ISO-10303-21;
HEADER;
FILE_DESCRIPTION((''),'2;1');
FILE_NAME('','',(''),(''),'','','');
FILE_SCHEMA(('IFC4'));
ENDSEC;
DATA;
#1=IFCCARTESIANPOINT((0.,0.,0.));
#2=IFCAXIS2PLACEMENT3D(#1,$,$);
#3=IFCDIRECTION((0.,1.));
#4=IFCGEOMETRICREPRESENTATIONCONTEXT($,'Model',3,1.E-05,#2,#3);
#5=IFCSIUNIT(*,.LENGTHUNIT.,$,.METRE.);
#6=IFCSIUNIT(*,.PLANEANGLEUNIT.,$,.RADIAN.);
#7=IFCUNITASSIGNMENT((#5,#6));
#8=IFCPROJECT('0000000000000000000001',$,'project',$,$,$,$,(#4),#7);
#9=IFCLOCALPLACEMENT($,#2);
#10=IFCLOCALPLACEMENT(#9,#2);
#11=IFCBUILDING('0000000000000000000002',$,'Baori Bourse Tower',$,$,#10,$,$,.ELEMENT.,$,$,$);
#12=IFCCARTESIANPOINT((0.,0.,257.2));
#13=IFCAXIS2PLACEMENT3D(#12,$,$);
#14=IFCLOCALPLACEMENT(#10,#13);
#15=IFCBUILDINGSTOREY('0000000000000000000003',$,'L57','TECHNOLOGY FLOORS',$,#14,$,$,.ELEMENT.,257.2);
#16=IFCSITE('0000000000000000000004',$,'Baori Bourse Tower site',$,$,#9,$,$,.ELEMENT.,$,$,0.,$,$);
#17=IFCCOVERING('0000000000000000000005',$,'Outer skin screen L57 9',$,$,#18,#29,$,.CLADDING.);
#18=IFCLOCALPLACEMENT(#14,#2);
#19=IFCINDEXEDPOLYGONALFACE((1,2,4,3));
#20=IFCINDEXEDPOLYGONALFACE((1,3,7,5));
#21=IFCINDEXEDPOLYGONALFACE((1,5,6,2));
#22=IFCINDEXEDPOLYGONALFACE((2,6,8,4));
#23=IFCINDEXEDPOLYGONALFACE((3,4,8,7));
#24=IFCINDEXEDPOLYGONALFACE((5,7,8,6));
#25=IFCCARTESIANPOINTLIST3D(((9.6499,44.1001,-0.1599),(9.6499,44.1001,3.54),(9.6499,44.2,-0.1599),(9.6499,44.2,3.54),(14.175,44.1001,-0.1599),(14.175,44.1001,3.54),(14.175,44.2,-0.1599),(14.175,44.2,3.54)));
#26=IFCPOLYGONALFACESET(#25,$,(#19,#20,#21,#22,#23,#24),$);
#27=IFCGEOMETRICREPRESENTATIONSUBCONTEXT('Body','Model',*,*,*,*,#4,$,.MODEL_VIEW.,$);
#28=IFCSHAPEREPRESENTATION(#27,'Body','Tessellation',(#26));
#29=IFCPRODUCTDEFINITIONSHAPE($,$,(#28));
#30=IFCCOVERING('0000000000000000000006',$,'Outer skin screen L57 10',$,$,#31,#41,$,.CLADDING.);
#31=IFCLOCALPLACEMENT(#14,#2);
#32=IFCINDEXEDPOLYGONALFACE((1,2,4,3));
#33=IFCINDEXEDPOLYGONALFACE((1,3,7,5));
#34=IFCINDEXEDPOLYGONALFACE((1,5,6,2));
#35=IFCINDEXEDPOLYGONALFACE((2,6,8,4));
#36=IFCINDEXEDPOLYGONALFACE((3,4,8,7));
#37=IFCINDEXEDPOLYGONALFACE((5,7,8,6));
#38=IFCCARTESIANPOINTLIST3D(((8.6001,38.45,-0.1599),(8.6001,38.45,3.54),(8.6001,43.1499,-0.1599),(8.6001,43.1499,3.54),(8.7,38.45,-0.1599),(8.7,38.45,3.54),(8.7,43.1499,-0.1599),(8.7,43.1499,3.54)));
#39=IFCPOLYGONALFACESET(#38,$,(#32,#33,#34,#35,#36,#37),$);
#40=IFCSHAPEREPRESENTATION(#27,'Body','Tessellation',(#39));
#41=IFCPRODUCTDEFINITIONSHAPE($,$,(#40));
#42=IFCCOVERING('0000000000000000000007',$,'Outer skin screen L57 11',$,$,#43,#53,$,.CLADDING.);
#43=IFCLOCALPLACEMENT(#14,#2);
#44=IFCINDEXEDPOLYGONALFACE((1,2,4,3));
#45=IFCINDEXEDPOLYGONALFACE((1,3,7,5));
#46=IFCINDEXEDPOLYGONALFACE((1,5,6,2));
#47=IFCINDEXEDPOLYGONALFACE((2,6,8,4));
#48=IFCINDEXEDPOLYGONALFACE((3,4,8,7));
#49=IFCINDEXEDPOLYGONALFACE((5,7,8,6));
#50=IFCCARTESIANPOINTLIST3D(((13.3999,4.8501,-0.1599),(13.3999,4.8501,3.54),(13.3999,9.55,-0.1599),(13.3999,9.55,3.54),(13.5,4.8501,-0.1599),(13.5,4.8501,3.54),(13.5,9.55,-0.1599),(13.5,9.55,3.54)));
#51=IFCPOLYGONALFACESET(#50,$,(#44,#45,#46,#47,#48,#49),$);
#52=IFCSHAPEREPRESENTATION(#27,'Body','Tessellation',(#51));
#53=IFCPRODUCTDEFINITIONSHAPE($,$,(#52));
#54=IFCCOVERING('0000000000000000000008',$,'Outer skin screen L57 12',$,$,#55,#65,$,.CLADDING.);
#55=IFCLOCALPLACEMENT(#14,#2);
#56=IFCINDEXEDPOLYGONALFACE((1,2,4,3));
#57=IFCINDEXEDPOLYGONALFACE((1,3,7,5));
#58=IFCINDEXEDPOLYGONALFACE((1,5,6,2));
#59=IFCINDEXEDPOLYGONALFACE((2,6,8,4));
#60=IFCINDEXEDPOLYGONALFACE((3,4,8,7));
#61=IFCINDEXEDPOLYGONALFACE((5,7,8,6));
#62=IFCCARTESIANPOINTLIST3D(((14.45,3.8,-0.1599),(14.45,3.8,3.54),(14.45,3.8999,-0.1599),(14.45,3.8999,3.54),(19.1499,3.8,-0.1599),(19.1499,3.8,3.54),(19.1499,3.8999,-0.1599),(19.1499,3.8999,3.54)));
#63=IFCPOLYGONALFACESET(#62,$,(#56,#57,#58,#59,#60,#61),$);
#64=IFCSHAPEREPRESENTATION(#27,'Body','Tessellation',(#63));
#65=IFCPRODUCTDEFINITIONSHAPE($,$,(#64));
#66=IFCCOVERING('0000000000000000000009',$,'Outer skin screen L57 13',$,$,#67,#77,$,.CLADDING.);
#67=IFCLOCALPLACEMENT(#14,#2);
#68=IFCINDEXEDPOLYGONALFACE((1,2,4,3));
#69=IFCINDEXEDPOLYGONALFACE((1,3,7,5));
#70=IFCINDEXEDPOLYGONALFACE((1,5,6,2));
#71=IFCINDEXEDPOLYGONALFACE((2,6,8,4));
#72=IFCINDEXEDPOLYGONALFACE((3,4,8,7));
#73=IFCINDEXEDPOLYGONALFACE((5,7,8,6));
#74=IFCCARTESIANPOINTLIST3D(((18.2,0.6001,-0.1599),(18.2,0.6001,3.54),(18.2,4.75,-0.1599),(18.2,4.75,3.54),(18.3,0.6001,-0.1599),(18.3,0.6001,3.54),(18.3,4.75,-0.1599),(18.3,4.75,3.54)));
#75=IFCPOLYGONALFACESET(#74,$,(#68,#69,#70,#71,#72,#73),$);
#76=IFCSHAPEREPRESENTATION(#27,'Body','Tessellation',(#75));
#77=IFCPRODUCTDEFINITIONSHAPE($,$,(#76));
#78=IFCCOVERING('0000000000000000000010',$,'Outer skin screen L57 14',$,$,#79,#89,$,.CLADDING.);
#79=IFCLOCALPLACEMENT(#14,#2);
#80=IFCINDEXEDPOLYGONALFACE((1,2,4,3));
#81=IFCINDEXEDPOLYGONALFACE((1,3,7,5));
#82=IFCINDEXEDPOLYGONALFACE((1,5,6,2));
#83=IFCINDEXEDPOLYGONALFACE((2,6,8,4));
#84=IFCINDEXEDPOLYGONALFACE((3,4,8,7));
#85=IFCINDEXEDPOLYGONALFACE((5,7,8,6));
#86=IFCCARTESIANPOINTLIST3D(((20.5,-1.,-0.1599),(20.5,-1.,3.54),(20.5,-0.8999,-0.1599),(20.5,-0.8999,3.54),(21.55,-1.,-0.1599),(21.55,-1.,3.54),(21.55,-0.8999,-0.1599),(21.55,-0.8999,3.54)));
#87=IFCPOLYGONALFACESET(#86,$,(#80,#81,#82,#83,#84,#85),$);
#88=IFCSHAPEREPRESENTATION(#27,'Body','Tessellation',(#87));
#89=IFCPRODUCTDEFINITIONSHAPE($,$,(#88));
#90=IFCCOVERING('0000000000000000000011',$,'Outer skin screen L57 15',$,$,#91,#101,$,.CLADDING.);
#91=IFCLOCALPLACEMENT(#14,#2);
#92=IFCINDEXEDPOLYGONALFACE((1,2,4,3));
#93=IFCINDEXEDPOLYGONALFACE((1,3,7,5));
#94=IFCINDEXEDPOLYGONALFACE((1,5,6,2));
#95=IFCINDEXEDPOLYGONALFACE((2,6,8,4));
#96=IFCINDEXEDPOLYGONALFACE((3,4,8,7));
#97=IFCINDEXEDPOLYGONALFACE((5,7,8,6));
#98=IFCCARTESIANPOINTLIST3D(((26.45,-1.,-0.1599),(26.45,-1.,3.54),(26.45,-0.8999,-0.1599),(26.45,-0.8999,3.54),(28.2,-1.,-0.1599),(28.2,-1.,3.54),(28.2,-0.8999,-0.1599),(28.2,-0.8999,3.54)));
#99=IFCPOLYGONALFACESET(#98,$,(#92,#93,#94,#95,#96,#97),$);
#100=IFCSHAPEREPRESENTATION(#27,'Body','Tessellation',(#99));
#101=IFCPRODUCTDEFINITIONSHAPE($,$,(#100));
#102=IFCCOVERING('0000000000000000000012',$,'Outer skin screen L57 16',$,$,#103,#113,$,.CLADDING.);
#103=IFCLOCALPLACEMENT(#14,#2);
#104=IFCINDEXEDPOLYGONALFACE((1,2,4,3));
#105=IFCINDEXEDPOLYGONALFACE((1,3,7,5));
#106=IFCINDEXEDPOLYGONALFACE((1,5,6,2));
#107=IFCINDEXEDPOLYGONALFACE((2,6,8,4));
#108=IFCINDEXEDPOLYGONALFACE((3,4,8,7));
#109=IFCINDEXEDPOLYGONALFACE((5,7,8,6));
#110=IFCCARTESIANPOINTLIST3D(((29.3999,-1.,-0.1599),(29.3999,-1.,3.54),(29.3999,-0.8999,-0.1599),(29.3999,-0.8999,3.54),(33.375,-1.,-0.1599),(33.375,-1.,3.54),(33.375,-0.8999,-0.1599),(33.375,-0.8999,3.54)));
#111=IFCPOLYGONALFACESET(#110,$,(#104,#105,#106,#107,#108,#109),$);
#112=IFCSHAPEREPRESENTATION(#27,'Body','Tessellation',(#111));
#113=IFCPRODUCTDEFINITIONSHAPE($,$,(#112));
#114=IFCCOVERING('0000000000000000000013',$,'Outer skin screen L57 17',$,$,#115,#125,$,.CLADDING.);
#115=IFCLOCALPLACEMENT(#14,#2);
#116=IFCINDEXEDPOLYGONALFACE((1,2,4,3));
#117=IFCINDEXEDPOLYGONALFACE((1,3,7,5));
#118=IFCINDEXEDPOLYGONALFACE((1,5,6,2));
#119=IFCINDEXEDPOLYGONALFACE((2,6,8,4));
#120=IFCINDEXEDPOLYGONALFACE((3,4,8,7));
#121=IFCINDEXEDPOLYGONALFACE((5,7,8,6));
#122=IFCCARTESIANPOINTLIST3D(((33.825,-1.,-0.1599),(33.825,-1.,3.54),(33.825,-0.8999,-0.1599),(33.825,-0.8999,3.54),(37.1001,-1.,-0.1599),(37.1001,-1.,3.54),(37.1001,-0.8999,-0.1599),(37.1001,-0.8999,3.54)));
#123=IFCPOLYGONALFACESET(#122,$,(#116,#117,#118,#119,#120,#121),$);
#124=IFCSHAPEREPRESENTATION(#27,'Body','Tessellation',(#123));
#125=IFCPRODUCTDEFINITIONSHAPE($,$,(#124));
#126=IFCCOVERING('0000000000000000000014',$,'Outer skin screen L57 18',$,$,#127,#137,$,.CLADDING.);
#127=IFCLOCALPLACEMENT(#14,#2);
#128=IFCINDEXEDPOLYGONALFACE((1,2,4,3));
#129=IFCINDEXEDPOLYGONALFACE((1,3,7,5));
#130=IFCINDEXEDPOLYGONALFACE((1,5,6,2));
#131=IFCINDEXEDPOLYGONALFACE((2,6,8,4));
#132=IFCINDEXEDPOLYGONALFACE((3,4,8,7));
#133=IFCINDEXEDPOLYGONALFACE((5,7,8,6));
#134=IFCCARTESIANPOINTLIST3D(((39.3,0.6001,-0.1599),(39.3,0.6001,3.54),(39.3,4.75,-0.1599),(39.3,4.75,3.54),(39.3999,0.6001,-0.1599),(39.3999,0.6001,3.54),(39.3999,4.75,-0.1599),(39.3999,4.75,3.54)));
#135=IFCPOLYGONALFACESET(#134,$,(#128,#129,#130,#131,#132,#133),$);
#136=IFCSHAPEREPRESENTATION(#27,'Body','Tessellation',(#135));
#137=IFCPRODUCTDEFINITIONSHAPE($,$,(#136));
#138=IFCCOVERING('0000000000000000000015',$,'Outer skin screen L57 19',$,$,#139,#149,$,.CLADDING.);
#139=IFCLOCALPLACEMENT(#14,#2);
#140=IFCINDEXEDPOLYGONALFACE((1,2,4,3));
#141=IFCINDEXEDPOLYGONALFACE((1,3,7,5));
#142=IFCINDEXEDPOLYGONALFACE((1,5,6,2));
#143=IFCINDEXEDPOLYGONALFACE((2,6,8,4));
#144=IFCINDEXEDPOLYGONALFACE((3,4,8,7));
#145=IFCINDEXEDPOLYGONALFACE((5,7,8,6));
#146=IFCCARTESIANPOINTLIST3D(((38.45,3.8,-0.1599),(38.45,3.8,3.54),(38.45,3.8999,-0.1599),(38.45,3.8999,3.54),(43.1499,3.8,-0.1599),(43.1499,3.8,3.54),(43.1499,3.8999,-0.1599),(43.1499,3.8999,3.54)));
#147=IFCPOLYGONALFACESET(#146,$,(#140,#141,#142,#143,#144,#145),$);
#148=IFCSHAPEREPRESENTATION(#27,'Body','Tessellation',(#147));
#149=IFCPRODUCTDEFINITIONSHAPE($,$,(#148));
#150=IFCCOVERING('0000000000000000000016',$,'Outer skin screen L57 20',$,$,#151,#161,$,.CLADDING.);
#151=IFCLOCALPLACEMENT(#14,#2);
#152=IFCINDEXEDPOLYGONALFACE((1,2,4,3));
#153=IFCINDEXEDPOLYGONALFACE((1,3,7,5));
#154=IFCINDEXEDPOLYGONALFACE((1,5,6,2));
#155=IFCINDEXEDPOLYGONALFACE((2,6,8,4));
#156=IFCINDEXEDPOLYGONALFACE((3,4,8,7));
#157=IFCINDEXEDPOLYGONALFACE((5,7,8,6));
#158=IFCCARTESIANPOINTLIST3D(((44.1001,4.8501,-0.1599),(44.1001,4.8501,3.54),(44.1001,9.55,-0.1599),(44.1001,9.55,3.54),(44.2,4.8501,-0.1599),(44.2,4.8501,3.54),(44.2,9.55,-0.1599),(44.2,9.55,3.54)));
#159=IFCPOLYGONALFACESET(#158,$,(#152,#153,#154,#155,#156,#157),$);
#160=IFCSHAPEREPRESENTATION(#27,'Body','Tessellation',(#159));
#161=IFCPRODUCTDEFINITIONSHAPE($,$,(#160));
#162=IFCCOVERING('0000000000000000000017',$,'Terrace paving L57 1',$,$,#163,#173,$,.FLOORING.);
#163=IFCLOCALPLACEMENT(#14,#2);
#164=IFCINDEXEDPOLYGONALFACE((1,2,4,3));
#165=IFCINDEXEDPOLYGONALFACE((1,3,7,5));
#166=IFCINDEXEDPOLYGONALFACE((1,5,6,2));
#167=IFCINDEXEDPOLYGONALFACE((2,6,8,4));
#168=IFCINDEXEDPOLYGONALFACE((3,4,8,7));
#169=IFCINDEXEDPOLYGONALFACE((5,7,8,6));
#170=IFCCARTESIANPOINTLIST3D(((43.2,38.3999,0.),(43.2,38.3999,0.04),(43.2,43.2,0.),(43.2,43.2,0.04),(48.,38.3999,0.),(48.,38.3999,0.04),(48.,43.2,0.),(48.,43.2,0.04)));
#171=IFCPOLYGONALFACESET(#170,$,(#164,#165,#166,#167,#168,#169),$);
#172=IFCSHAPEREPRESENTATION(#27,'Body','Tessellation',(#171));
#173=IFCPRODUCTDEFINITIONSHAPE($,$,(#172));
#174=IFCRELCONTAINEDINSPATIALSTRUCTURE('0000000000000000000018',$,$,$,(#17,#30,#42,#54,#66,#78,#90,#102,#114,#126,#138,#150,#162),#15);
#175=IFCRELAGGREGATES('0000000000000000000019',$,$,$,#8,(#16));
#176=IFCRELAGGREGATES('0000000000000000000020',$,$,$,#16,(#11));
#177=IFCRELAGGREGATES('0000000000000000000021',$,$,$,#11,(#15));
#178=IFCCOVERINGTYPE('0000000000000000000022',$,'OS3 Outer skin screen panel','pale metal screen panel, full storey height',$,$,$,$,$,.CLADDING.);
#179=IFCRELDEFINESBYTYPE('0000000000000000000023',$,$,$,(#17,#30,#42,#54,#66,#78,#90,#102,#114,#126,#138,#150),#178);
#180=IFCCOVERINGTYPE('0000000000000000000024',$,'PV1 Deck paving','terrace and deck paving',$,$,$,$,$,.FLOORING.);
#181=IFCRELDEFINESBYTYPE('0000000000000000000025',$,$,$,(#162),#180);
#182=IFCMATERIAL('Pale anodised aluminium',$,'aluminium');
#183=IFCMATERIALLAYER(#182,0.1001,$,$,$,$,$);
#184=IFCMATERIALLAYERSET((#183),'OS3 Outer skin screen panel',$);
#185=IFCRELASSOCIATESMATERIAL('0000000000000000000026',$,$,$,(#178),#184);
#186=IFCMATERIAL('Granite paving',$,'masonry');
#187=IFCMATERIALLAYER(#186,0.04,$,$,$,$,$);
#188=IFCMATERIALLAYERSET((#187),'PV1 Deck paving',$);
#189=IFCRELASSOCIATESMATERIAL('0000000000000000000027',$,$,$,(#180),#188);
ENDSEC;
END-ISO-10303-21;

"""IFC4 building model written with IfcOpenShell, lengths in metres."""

from ifc_helpers import new_model, si_unit, direction, frame, origin, place, context, subcontext, project, spatial, polyline, outline, extrude, material, layer, layer_set, type_object, element, save


model = new_model("IFC4")

# Units and contexts
model_context = context("Model", 3, precision=1e-05, world=origin(), true_north=direction((0.0, 1.0)))
body_context = subcontext(model_context, "Body", "Model", "MODEL_VIEW")
ifc_project = project(units=[si_unit("LENGTHUNIT", "METRE"), si_unit("PLANEANGLEUNIT", "RADIAN")], contexts=[model_context])

# Site, building, storey
site_placement = place(None, origin())
site = spatial("IfcSite", under=ifc_project, at=site_placement, Name="Baori Bourse Tower site", CompositionType="ELEMENT", RefElevation=0.0)
building_placement = place(site_placement, origin())
building = spatial("IfcBuilding", under=site, at=building_placement, Name="Baori Bourse Tower", CompositionType="ELEMENT")
storey_placement = place(building_placement, frame((0.0, 0.0, 257.2)))
storey = spatial("IfcBuildingStorey", under=building, at=storey_placement, Name="L57", Description="TECHNOLOGY FLOORS", CompositionType="ELEMENT", Elevation=257.2)

# Coverings
ifc_material_1 = material(Name="Pale anodised aluminium", Category="aluminium")
ifc_layer_1 = layer(ifc_material_1, 0.1001)
ifc_layer_set_1 = layer_set([ifc_layer_1], Name="OS3 Outer skin screen panel")
covering_type_1 = type_object("IfcCoveringType", Name="OS3 Outer skin screen panel", Description="pale metal screen panel, full storey height", PredefinedType="CLADDING", material=ifc_layer_set_1)
covering_1_placement = place(storey_placement, frame((0.0, 0.0, -0.1599)))
element("IfcCovering", 1, at=covering_1_placement, inside=storey, type_object=covering_type_1, Name="Outer skin screen L57 9", PredefinedType="CLADDING", context=body_context, shape_type="SweptSolid", body=[
    extrude(outline(polyline([(9.6499, 44.1001), (14.175, 44.1001), (14.175, 44.2), (9.6499, 44.2), (9.6499, 44.1001)])), origin(), (0.0, 0.0, 1.0), 3.7),
])
covering_2_placement = place(storey_placement, frame((0.0, 0.0, -0.1599)))
element("IfcCovering", 2, at=covering_2_placement, inside=storey, type_object=covering_type_1, Name="Outer skin screen L57 10", PredefinedType="CLADDING", context=body_context, shape_type="SweptSolid", body=[
    extrude(outline(polyline([(8.7, 38.45), (8.7, 43.1499), (8.6001, 43.1499), (8.6001, 38.45), (8.7, 38.45)])), origin(), (0.0, 0.0, 1.0), 3.7),
])
covering_3_placement = place(storey_placement, frame((0.0, 0.0, -0.1599)))
element("IfcCovering", 3, at=covering_3_placement, inside=storey, type_object=covering_type_1, Name="Outer skin screen L57 11", PredefinedType="CLADDING", context=body_context, shape_type="SweptSolid", body=[
    extrude(outline(polyline([(13.5, 4.8501), (13.5, 9.55), (13.3999, 9.55), (13.3999, 4.8501), (13.5, 4.8501)])), origin(), (0.0, 0.0, 1.0), 3.7),
])
covering_4_placement = place(storey_placement, frame((0.0, 0.0, -0.1599)))
element("IfcCovering", 4, at=covering_4_placement, inside=storey, type_object=covering_type_1, Name="Outer skin screen L57 12", PredefinedType="CLADDING", context=body_context, shape_type="SweptSolid", body=[
    extrude(outline(polyline([(19.1499, 3.8999), (14.45, 3.8999), (14.45, 3.8), (19.1499, 3.8), (19.1499, 3.8999)])), origin(), (0.0, 0.0, 1.0), 3.7),
])
covering_5_placement = place(storey_placement, frame((0.0, 0.0, -0.1599)))
element("IfcCovering", 5, at=covering_5_placement, inside=storey, type_object=covering_type_1, Name="Outer skin screen L57 13", PredefinedType="CLADDING", context=body_context, shape_type="SweptSolid", body=[
    extrude(outline(polyline([(18.3, 0.6001), (18.3, 4.75), (18.2, 4.75), (18.2, 0.6001), (18.3, 0.6001)])), origin(), (0.0, 0.0, 1.0), 3.7),
])
covering_6_placement = place(storey_placement, frame((0.0, 0.0, -0.1599)))
element("IfcCovering", 6, at=covering_6_placement, inside=storey, type_object=covering_type_1, Name="Outer skin screen L57 14", PredefinedType="CLADDING", context=body_context, shape_type="SweptSolid", body=[
    extrude(outline(polyline([(21.55, -0.8999), (20.5, -0.8999), (20.5, -1.0), (21.55, -1.0), (21.55, -0.8999)])), origin(), (0.0, 0.0, 1.0), 3.7),
])
covering_7_placement = place(storey_placement, frame((0.0, 0.0, -0.1599)))
element("IfcCovering", 7, at=covering_7_placement, inside=storey, type_object=covering_type_1, Name="Outer skin screen L57 15", PredefinedType="CLADDING", context=body_context, shape_type="SweptSolid", body=[
    extrude(outline(polyline([(28.2, -0.8999), (26.45, -0.8999), (26.45, -1.0), (28.2, -1.0), (28.2, -0.8999)])), origin(), (0.0, 0.0, 1.0), 3.7),
])
covering_8_placement = place(storey_placement, frame((0.0, 0.0, -0.1599)))
element("IfcCovering", 8, at=covering_8_placement, inside=storey, type_object=covering_type_1, Name="Outer skin screen L57 16", PredefinedType="CLADDING", context=body_context, shape_type="SweptSolid", body=[
    extrude(outline(polyline([(33.375, -0.8999), (29.3999, -0.8999), (29.3999, -1.0), (33.375, -1.0), (33.375, -0.8999)])), origin(), (0.0, 0.0, 1.0), 3.7),
])
covering_9_placement = place(storey_placement, frame((0.0, 0.0, -0.1599)))
element("IfcCovering", 9, at=covering_9_placement, inside=storey, type_object=covering_type_1, Name="Outer skin screen L57 17", PredefinedType="CLADDING", context=body_context, shape_type="SweptSolid", body=[
    extrude(outline(polyline([(37.1001, -0.8999), (33.825, -0.8999), (33.825, -1.0), (37.1001, -1.0), (37.1001, -0.8999)])), origin(), (0.0, 0.0, 1.0), 3.7),
])
covering_10_placement = place(storey_placement, frame((0.0, 0.0, -0.1599)))
element("IfcCovering", 10, at=covering_10_placement, inside=storey, type_object=covering_type_1, Name="Outer skin screen L57 18", PredefinedType="CLADDING", context=body_context, shape_type="SweptSolid", body=[
    extrude(outline(polyline([(39.3, 4.75), (39.3, 0.6001), (39.3999, 0.6001), (39.3999, 4.75), (39.3, 4.75)])), origin(), (0.0, 0.0, 1.0), 3.7),
])
covering_11_placement = place(storey_placement, frame((0.0, 0.0, -0.1599)))
element("IfcCovering", 11, at=covering_11_placement, inside=storey, type_object=covering_type_1, Name="Outer skin screen L57 19", PredefinedType="CLADDING", context=body_context, shape_type="SweptSolid", body=[
    extrude(outline(polyline([(43.1499, 3.8999), (38.45, 3.8999), (38.45, 3.8), (43.1499, 3.8), (43.1499, 3.8999)])), origin(), (0.0, 0.0, 1.0), 3.7),
])
covering_12_placement = place(storey_placement, frame((0.0, 0.0, -0.1599)))
element("IfcCovering", 12, at=covering_12_placement, inside=storey, type_object=covering_type_1, Name="Outer skin screen L57 20", PredefinedType="CLADDING", context=body_context, shape_type="SweptSolid", body=[
    extrude(outline(polyline([(44.1001, 9.55), (44.1001, 4.8501), (44.2, 4.8501), (44.2, 9.55), (44.1001, 9.55)])), origin(), (0.0, 0.0, 1.0), 3.7),
])
ifc_material_2 = material(Name="Granite paving", Category="masonry")
ifc_layer_2 = layer(ifc_material_2, 0.04)
ifc_layer_set_2 = layer_set([ifc_layer_2], Name="PV1 Deck paving")
covering_type_2 = type_object("IfcCoveringType", Name="PV1 Deck paving", Description="terrace and deck paving", PredefinedType="FLOORING", material=ifc_layer_set_2)
covering_13_placement = place(storey_placement, origin())
element("IfcCovering", 13, at=covering_13_placement, inside=storey, type_object=covering_type_2, Name="Terrace paving L57 1", PredefinedType="FLOORING", context=body_context, shape_type="SweptSolid", body=[
    extrude(outline(polyline([(43.2, 38.3999), (48.0, 38.3999), (48.0, 43.2), (43.2, 43.2), (43.2, 38.3999)])), origin(), (0.0, 0.0, 1.0), 0.04),
])

save(model, "model.ifc")
